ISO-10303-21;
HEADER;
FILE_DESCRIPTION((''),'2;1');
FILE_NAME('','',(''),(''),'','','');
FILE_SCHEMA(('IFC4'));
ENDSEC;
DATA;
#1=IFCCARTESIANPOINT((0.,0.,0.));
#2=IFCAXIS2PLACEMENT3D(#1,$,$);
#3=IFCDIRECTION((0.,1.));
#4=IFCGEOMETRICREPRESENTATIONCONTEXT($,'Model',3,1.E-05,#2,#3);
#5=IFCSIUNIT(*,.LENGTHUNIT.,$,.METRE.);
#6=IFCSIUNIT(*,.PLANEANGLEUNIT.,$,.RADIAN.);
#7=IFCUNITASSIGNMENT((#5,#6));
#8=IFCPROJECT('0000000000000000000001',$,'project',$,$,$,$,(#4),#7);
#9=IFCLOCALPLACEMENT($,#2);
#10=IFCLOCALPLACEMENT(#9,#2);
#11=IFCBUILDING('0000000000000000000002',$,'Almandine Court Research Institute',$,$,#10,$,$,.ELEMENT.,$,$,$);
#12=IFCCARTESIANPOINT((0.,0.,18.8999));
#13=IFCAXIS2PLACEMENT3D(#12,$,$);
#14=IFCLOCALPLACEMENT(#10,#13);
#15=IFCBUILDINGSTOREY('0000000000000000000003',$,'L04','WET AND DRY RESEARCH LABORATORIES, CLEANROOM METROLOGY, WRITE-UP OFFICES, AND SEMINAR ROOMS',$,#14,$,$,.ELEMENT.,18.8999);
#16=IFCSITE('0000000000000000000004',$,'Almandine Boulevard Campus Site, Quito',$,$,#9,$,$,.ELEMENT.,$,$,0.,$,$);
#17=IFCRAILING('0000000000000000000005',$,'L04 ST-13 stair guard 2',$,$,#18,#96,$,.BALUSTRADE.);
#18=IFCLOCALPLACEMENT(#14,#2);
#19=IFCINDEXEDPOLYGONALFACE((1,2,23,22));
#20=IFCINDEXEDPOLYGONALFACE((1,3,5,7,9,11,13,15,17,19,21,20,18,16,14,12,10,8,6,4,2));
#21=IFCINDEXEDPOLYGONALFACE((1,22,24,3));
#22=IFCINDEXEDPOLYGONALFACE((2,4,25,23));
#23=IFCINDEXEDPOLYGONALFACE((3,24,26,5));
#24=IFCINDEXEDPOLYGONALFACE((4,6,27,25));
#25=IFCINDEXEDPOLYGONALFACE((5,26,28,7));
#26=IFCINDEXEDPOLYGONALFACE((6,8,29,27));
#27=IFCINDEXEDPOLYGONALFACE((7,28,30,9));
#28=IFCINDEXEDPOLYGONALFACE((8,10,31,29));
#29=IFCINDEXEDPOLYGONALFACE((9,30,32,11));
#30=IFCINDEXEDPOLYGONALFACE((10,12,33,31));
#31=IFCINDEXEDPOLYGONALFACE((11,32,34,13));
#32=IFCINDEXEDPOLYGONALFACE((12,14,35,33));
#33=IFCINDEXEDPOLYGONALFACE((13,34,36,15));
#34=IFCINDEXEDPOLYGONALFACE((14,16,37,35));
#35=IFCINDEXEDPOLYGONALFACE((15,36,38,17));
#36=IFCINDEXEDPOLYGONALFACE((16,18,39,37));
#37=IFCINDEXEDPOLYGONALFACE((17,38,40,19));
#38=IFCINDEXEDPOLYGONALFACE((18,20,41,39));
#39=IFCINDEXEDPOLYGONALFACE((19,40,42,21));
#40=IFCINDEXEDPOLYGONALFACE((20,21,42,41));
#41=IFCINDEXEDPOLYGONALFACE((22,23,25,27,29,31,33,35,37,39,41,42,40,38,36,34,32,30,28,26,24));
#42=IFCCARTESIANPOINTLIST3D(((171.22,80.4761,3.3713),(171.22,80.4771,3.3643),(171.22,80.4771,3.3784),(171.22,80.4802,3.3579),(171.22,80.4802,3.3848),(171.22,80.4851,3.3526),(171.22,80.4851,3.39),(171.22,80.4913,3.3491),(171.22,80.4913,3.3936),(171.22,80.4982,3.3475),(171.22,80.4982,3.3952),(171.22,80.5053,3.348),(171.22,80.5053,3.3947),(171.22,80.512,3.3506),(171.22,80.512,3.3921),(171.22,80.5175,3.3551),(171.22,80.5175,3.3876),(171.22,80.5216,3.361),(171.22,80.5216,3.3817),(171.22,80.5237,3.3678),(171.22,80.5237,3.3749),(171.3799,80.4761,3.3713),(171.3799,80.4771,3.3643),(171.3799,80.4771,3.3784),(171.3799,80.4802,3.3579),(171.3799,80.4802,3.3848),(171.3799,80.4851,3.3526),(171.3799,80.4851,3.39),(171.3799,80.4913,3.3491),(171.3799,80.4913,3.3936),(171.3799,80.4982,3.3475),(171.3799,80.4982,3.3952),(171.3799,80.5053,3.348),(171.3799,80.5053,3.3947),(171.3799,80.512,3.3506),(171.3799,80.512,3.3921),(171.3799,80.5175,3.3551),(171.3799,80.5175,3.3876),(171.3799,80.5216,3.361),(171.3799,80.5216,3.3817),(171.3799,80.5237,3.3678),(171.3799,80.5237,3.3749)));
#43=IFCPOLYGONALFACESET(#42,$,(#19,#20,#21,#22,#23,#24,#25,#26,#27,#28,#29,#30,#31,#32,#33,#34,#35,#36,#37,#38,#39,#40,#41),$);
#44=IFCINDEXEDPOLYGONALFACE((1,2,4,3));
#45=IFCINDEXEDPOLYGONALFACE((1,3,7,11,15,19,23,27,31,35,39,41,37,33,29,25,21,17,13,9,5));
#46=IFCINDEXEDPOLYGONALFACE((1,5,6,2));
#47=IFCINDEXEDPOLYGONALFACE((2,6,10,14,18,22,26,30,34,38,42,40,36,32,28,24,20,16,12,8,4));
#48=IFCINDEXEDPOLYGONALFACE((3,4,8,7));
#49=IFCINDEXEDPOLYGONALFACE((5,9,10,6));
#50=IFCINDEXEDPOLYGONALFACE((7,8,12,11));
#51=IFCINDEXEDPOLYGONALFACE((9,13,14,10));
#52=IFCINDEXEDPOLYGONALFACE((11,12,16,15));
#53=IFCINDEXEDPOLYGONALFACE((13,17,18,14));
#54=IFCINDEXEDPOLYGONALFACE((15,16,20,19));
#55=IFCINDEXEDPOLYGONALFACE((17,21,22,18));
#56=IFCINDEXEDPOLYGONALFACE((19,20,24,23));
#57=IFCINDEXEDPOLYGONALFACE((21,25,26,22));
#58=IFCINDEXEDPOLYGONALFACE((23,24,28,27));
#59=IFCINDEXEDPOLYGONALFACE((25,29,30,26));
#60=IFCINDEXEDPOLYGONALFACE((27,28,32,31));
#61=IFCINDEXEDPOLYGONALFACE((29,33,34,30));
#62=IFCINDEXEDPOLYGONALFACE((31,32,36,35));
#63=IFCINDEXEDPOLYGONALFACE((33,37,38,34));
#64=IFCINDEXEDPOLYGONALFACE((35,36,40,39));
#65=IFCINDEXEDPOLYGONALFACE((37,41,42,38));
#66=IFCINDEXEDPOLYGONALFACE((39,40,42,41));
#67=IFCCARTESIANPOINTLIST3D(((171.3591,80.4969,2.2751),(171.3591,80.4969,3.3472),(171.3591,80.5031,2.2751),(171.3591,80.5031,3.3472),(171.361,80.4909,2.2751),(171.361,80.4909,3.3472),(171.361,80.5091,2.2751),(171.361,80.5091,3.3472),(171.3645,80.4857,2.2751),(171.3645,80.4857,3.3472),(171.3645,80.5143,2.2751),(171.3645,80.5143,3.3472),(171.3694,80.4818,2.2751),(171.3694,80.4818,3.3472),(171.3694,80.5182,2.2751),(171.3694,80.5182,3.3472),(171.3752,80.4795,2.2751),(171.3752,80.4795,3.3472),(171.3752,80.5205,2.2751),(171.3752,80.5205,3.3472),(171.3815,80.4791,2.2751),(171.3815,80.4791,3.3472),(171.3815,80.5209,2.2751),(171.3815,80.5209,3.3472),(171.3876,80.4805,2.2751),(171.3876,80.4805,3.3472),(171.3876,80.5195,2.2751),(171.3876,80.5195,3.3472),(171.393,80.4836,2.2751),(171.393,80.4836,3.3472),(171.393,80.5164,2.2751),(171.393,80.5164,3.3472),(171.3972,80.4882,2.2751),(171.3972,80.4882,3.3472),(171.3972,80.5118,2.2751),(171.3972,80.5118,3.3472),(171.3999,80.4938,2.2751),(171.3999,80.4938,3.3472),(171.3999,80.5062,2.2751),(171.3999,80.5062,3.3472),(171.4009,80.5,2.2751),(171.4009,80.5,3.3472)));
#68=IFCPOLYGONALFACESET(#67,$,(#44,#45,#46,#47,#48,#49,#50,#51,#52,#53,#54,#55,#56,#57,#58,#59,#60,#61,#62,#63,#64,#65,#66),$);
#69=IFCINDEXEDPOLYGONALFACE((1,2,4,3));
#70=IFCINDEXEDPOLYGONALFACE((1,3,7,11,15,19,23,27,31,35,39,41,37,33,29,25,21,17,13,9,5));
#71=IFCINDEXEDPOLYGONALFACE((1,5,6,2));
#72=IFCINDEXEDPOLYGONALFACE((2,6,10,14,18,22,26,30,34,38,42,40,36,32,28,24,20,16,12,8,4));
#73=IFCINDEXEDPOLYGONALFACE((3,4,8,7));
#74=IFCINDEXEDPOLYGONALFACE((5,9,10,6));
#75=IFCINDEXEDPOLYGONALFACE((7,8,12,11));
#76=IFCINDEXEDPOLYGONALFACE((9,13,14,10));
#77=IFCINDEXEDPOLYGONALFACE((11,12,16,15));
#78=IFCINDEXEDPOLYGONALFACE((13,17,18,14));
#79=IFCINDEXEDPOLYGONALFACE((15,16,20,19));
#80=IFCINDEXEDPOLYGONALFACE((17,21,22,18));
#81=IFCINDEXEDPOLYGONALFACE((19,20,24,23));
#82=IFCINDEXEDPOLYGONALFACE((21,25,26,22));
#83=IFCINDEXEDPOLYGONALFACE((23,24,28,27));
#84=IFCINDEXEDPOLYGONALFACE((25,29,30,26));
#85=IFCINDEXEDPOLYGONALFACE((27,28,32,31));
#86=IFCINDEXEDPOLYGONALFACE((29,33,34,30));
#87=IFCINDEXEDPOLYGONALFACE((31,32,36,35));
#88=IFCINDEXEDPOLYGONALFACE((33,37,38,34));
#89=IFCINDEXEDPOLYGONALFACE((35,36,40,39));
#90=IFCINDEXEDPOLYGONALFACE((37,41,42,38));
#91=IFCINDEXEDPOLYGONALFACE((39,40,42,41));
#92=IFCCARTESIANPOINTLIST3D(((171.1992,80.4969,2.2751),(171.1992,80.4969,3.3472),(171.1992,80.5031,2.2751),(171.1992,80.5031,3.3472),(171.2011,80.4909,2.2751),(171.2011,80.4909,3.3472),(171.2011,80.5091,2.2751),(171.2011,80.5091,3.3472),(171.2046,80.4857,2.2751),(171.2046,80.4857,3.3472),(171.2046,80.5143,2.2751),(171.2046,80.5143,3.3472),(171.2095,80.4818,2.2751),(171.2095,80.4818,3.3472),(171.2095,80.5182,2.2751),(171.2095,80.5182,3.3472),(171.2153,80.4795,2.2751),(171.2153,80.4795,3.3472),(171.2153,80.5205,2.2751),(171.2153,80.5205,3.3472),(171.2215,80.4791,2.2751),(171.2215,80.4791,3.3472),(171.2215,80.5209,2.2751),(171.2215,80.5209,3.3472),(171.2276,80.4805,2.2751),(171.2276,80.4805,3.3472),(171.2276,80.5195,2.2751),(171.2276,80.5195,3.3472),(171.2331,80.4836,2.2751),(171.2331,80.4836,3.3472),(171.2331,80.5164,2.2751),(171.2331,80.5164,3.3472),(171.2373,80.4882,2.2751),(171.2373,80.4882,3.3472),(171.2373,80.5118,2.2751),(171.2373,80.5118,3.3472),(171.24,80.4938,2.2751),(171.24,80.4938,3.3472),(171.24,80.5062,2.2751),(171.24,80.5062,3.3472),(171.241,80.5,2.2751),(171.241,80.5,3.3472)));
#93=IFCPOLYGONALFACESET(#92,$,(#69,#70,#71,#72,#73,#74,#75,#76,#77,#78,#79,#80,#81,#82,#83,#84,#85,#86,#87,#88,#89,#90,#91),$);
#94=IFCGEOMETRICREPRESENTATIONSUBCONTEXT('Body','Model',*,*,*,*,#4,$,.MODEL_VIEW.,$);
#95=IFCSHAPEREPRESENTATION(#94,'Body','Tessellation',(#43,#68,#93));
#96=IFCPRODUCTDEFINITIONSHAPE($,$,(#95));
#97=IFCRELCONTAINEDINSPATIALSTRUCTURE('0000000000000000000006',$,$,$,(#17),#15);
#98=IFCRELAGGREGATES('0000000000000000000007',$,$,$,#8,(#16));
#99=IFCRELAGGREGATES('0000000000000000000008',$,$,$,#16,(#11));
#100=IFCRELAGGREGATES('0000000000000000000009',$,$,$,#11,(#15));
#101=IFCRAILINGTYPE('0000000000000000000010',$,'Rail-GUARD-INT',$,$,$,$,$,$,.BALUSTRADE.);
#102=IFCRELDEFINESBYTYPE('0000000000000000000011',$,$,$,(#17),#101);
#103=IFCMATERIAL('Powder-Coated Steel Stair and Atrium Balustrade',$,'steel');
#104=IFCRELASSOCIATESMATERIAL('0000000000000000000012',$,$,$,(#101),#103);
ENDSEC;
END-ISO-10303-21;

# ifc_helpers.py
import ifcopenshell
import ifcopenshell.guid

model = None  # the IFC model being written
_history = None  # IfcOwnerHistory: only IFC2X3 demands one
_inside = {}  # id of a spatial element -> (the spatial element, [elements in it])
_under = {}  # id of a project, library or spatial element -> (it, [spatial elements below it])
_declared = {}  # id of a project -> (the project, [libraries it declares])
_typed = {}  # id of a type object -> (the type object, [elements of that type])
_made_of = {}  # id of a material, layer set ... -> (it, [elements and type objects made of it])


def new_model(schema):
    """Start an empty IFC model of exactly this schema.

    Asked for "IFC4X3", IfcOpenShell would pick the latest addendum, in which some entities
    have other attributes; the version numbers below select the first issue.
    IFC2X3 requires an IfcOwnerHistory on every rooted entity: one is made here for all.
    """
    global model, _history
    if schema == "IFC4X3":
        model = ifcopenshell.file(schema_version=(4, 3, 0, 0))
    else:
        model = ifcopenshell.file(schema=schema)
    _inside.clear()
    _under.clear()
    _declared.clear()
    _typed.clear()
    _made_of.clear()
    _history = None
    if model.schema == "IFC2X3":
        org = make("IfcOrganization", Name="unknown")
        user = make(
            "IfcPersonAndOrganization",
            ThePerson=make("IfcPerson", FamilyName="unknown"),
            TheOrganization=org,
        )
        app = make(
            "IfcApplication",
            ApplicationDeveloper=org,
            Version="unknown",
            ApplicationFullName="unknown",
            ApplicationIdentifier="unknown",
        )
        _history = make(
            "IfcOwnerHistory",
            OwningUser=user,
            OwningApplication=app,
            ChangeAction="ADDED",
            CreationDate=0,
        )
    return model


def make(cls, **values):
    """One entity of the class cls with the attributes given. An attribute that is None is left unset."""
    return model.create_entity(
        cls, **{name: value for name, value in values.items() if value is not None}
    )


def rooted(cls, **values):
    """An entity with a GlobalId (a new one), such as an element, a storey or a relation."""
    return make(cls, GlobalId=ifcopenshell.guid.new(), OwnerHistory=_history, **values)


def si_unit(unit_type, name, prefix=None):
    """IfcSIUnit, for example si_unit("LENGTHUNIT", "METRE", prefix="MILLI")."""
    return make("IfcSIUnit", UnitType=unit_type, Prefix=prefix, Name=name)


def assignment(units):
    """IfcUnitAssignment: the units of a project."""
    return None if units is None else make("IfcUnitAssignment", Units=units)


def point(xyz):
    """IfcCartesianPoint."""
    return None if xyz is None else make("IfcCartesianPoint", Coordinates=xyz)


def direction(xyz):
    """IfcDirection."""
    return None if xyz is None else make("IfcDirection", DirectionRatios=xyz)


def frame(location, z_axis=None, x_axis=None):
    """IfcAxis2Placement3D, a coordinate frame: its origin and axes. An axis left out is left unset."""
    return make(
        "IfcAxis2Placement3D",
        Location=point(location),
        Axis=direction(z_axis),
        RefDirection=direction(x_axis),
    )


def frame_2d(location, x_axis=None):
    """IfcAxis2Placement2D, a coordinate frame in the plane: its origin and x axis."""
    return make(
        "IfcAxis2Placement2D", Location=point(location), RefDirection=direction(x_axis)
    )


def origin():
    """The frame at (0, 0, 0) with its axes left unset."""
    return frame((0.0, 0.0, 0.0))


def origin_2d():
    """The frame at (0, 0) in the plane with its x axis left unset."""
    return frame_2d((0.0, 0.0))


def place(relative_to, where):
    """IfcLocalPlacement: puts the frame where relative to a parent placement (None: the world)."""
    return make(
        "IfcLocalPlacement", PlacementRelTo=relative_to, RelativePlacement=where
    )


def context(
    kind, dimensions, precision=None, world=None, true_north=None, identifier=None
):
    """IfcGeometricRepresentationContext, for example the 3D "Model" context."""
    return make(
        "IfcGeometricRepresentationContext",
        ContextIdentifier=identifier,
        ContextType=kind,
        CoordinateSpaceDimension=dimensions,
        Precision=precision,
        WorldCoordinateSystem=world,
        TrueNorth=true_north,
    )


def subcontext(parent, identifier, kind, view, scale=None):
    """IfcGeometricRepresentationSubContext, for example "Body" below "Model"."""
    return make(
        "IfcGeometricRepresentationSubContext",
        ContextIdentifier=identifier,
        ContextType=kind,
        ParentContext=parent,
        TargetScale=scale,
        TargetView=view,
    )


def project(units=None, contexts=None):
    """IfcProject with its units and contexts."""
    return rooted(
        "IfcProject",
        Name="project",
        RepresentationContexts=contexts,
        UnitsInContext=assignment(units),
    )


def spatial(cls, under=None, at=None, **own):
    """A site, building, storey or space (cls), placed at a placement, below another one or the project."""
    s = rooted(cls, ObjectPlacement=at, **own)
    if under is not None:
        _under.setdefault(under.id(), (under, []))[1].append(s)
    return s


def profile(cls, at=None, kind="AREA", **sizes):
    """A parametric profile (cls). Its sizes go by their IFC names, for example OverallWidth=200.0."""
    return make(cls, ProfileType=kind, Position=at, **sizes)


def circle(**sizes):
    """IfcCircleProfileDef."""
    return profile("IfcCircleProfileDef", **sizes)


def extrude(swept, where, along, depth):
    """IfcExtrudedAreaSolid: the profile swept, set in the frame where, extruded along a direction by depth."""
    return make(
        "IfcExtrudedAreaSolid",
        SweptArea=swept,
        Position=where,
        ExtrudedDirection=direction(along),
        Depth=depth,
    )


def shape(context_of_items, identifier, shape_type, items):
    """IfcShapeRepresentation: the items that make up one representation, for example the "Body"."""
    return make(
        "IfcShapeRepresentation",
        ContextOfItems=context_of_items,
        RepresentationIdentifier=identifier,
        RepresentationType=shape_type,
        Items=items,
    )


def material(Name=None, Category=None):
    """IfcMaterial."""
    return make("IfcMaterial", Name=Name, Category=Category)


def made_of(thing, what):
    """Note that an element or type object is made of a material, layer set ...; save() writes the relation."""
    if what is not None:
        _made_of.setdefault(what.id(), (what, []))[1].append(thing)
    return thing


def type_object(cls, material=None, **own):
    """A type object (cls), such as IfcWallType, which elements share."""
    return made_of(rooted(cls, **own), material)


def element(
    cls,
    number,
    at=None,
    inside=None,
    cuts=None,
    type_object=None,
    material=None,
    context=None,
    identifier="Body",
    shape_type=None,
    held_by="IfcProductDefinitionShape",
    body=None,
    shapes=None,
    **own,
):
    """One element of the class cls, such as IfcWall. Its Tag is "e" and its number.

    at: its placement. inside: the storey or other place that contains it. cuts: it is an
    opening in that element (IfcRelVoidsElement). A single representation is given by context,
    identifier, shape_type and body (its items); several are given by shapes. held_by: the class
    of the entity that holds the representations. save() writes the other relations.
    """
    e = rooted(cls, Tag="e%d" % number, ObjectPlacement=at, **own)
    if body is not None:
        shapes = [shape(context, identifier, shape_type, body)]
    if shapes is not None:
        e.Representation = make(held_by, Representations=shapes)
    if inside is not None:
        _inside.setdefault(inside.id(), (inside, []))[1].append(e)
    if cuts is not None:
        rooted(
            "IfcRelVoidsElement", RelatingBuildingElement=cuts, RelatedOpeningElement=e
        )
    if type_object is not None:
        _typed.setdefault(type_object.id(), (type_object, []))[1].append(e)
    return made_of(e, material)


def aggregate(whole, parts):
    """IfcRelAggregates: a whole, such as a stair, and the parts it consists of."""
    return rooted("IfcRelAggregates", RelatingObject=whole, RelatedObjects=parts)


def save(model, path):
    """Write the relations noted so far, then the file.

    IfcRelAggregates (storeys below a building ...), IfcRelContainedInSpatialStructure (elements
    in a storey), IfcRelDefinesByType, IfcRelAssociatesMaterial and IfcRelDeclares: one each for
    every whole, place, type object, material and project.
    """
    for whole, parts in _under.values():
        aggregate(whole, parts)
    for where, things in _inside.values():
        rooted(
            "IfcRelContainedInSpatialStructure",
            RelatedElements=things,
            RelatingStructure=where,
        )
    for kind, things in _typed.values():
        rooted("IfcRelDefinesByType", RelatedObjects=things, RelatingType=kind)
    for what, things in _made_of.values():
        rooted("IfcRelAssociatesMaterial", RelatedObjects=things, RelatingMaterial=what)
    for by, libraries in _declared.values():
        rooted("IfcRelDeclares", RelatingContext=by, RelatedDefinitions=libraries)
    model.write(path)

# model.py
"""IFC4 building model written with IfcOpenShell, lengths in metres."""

from ifc_helpers import new_model, si_unit, direction, frame, origin, origin_2d, place, context, subcontext, project, spatial, circle, extrude, material, type_object, element, save


model = new_model("IFC4")

# Units and contexts
model_context = context("Model", 3, precision=1e-05, world=origin(), true_north=direction((0.0, 1.0)))
body_context = subcontext(model_context, "Body", "Model", "MODEL_VIEW")
ifc_project = project(units=[si_unit("LENGTHUNIT", "METRE"), si_unit("PLANEANGLEUNIT", "RADIAN")], contexts=[model_context])

# Site, building, storey
site_placement = place(None, origin())
site = spatial("IfcSite", under=ifc_project, at=site_placement, Name="Almandine Boulevard Campus Site, Quito", CompositionType="ELEMENT", RefElevation=0.0)
building_placement = place(site_placement, origin())
building = spatial("IfcBuilding", under=site, at=building_placement, Name="Almandine Court Research Institute", CompositionType="ELEMENT")
storey_placement = place(building_placement, frame((0.0, 0.0, 18.8999)))
storey = spatial("IfcBuildingStorey", under=building, at=storey_placement, Name="L04", Description="WET AND DRY RESEARCH LABORATORIES, CLEANROOM METROLOGY, WRITE-UP OFFICES, AND SEMINAR ROOMS", CompositionType="ELEMENT", Elevation=18.8999)

# Railing
ifc_material_1 = material(Name="Powder-Coated Steel Stair and Atrium Balustrade", Category="steel")
railing_type_1 = type_object("IfcRailingType", Name="Rail-GUARD-INT", PredefinedType="BALUSTRADE", material=ifc_material_1)
railing_1_placement = place(storey_placement, frame((171.3799, 80.5, 2.2751)))
element("IfcRailing", 1, at=railing_1_placement, inside=storey, type_object=railing_type_1, Name="L04 ST-13 stair guard 2", PredefinedType="BALUSTRADE", context=body_context, shape_type="SweptSolid", body=[
    extrude(circle(Radius=0.0239, at=origin_2d()), frame((0.0, 0.0, 1.0962), z_axis=(-1.0, 0.0, 0.0), x_axis=(0.0, -1.0, 0.0)), (0.0, 0.0, 1.0), 0.1599),
    extrude(circle(Radius=0.021, at=origin_2d()), origin(), (0.0, 0.0, 1.0), 1.072),
    extrude(circle(Radius=0.021, at=origin_2d()), frame((-0.1599, 0.0, 0.0)), (0.0, 0.0, 1.0), 1.072),
])

save(model, "model.ifc")
